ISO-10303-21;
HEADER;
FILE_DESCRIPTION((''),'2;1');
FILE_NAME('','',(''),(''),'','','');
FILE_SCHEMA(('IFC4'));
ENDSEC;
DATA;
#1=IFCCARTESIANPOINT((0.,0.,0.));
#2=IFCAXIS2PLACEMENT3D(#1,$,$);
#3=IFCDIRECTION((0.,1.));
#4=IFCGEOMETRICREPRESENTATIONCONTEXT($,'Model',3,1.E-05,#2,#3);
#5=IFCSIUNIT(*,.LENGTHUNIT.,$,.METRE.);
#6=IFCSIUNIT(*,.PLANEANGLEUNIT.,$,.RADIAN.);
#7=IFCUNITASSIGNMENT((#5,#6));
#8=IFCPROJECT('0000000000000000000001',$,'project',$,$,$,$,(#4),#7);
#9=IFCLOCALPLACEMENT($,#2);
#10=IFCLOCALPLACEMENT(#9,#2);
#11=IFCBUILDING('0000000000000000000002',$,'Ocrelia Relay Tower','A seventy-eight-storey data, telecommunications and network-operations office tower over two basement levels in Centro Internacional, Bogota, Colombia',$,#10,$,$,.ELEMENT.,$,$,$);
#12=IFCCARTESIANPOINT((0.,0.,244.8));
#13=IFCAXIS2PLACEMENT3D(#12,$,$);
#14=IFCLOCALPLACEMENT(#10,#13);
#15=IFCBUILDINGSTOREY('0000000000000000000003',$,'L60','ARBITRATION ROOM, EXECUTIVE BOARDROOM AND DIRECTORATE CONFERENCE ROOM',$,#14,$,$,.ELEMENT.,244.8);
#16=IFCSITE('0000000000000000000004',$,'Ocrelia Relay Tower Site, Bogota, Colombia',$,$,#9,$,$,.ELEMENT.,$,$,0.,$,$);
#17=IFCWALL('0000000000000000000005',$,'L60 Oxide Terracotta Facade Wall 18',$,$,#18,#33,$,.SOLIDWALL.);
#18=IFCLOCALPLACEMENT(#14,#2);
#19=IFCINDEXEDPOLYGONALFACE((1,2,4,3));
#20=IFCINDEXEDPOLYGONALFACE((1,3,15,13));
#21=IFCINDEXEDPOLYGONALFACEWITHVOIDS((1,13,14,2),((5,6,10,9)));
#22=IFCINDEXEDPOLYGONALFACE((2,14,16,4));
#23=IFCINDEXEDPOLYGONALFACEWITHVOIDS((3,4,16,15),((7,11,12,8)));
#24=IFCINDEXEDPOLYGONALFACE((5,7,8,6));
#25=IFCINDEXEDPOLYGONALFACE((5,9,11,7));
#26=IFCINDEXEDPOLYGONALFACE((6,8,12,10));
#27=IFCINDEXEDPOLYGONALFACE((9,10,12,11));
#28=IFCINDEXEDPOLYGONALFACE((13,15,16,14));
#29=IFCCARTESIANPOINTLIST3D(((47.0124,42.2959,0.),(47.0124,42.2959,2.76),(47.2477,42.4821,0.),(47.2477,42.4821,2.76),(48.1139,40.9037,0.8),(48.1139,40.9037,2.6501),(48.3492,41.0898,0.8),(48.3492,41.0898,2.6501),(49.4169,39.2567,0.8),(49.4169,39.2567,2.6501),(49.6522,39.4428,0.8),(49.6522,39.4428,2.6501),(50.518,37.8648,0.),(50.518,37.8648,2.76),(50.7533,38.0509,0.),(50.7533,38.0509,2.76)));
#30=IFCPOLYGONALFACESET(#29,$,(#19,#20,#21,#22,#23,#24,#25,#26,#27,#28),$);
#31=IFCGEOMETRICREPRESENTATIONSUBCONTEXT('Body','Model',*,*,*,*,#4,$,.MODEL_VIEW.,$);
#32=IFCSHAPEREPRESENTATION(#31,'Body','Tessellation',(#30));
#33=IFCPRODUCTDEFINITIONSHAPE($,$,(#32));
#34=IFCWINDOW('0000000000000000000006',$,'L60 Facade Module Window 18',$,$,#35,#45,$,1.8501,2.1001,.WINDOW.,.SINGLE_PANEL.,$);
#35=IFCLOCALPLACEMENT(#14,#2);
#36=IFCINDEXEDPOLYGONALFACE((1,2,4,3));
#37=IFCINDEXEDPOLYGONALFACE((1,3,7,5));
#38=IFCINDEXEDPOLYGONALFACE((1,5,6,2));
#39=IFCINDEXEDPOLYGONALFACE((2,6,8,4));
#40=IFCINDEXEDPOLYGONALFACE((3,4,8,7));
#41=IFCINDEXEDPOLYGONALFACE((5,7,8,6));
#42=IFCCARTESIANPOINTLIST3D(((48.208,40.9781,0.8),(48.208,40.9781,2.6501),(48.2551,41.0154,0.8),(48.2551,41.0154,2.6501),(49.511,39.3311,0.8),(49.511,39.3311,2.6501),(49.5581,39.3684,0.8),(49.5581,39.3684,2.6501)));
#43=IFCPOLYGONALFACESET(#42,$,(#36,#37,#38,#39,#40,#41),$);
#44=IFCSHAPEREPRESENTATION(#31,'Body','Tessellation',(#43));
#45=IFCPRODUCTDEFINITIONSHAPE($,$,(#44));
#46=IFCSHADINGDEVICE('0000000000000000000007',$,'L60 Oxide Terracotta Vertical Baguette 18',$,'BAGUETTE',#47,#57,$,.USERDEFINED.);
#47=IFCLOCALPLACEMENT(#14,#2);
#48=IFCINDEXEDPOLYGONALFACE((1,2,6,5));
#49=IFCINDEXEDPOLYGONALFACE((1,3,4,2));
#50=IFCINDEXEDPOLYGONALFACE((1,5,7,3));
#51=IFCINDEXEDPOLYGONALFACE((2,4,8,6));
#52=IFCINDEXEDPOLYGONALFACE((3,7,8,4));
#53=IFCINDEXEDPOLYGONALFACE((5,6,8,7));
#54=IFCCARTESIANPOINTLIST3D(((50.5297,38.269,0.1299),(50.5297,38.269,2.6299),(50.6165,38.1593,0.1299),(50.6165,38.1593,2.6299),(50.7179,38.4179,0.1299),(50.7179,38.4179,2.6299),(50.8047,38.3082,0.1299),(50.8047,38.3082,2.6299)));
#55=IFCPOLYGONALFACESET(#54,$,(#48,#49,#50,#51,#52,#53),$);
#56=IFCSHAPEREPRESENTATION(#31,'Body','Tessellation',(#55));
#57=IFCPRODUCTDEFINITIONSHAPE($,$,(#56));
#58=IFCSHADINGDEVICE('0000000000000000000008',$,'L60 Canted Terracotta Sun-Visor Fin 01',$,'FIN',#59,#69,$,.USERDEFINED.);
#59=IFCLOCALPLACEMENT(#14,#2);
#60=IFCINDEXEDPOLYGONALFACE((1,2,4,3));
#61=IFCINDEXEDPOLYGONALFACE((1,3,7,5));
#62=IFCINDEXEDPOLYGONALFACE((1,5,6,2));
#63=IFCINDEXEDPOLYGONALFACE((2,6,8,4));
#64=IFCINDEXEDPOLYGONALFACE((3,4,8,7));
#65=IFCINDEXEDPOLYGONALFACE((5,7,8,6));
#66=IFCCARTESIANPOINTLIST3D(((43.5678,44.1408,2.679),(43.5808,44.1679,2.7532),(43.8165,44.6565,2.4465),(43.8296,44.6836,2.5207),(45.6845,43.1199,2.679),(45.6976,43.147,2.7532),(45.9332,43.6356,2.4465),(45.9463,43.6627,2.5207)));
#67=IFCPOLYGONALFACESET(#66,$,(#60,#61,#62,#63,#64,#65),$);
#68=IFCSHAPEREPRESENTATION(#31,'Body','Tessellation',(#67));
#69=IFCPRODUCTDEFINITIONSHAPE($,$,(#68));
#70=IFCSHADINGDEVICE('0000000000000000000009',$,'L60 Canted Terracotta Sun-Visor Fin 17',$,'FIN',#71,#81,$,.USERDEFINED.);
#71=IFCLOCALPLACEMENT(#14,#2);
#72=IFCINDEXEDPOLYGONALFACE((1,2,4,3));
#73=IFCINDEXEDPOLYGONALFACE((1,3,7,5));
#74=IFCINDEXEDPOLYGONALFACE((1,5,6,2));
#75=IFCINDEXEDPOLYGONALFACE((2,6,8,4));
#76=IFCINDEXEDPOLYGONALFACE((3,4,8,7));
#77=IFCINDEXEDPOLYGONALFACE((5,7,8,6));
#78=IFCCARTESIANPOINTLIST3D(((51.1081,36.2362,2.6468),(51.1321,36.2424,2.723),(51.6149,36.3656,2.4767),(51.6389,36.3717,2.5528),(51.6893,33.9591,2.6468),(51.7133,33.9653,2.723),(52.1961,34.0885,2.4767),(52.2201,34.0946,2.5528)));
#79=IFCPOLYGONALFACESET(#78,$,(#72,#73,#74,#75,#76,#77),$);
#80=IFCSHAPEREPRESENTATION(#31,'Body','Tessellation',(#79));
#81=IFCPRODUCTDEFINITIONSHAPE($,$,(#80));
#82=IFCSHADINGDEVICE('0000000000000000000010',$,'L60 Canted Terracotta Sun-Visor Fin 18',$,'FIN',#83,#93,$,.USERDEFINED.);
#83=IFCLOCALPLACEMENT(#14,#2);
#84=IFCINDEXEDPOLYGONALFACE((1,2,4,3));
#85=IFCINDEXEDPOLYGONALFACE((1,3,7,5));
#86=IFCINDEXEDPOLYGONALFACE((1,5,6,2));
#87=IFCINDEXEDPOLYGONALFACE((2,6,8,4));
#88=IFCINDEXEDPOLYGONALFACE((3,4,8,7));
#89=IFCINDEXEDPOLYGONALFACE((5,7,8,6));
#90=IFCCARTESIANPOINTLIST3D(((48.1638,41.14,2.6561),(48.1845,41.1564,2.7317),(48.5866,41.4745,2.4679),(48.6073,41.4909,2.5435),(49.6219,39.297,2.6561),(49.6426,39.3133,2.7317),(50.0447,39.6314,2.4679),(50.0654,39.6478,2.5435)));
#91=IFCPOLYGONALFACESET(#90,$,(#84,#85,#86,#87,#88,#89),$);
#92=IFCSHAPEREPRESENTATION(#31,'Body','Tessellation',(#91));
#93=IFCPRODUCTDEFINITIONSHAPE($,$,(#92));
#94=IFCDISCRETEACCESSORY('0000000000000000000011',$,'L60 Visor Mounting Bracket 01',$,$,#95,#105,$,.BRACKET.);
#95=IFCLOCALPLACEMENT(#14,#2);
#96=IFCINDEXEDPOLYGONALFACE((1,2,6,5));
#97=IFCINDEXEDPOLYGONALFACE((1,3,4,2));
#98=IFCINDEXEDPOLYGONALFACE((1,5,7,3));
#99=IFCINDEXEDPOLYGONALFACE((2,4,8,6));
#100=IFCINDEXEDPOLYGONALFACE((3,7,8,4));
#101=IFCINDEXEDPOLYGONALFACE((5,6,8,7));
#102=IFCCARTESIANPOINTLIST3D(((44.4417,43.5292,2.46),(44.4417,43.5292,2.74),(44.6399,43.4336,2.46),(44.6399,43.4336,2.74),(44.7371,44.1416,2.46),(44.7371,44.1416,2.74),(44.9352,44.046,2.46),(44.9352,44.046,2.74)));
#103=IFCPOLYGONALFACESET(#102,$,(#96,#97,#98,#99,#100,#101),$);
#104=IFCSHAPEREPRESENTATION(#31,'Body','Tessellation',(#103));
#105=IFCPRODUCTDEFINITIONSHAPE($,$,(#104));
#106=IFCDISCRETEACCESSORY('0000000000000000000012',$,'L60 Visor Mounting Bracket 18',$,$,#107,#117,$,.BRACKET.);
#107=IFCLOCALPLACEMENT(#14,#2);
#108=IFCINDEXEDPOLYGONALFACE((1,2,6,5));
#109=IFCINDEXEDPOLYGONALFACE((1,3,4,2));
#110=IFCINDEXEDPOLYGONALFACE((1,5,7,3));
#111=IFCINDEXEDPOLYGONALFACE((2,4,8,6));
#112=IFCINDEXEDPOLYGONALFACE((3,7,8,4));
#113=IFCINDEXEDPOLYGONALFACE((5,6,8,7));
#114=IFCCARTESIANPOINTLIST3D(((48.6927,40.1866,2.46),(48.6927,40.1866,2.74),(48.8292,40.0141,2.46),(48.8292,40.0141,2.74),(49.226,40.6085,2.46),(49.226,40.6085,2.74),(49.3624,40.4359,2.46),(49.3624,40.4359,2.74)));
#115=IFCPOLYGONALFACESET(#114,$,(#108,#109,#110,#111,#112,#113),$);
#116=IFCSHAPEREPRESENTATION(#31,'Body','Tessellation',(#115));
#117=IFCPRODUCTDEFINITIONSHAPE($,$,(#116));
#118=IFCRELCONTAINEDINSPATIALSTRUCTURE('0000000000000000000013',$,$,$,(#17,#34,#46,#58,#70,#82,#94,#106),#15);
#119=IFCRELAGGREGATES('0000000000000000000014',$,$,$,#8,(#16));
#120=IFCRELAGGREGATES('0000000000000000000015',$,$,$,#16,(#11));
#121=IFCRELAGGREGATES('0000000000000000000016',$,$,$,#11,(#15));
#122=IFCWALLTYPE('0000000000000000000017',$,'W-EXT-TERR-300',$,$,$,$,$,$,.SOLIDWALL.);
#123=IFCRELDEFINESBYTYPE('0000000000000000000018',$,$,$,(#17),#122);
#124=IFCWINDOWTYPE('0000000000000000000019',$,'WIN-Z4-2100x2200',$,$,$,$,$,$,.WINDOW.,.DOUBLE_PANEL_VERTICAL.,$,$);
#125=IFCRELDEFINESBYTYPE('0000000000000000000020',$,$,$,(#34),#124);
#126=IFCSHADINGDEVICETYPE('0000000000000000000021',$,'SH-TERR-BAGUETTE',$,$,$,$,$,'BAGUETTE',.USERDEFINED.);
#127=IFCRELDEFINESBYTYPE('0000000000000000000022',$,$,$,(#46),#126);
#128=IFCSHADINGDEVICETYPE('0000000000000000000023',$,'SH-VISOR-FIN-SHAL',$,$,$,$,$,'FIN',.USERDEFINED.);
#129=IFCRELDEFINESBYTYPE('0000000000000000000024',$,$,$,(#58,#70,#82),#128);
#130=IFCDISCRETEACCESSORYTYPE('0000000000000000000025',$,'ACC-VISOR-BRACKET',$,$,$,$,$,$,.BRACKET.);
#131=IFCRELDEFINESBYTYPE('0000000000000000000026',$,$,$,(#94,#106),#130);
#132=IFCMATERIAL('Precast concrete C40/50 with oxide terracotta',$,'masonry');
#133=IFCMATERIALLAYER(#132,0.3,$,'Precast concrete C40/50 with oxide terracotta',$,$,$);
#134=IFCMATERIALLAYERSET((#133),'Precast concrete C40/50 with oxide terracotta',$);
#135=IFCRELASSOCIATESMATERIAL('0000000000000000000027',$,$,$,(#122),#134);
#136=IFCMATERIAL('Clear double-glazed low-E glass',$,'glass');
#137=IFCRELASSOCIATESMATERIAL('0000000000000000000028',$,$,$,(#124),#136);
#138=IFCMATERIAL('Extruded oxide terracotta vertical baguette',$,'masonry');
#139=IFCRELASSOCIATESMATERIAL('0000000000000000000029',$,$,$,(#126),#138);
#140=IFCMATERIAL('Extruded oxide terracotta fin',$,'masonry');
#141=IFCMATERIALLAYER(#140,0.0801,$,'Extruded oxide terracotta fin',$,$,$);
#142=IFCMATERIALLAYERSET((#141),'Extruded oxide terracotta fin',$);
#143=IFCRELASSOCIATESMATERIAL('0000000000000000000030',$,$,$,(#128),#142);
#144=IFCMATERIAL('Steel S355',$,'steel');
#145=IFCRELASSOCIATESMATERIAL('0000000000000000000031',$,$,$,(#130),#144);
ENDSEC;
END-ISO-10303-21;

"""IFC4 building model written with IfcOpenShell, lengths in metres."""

from ifc_helpers import new_model, si_unit, direction, frame, frame_2d, origin, origin_2d, place, context, subcontext, project, spatial, rectangle, extrude, material, layer, layer_set, type_object, element, fill, save


model = new_model("IFC4")

# Units and contexts
model_context = context("Model", 3, precision=1e-05, world=origin(), true_north=direction((0.0, 1.0)))
body_context = subcontext(model_context, "Body", "Model", "MODEL_VIEW")
ifc_project = project(units=[si_unit("LENGTHUNIT", "METRE"), si_unit("PLANEANGLEUNIT", "RADIAN")], contexts=[model_context])

# Site, building, storey
site_placement = place(None, origin())
site = spatial("IfcSite", under=ifc_project, at=site_placement, Name="Ocrelia Relay Tower Site, Bogota, Colombia", CompositionType="ELEMENT", RefElevation=0.0)
building_placement = place(site_placement, origin())
building = spatial("IfcBuilding", under=site, at=building_placement, Name="Ocrelia Relay Tower", Description="A seventy-eight-storey data, telecommunications and network-operations office tower over two basement levels in Centro Internacional, Bogota, Colombia", CompositionType="ELEMENT")
storey_placement = place(building_placement, frame((0.0, 0.0, 244.8)))
storey = spatial("IfcBuildingStorey", under=building, at=storey_placement, Name="L60", Description="ARBITRATION ROOM, EXECUTIVE BOARDROOM AND DIRECTORATE CONFERENCE ROOM", CompositionType="ELEMENT", Elevation=244.8)

# Shared definitions
ifc_material_1 = material(Name="Clear double-glazed low-E glass", Category="glass")

# Wall, opening, window
ifc_material_2 = material(Name="Precast concrete C40/50 with oxide terracotta", Category="masonry")
ifc_layer_1 = layer(ifc_material_2, 0.3, Name="Precast concrete C40/50 with oxide terracotta")
ifc_layer_set_1 = layer_set([ifc_layer_1], Name="Precast concrete C40/50 with oxide terracotta")
wall_type = type_object("IfcWallType", Name="W-EXT-TERR-300", PredefinedType="SOLIDWALL", material=ifc_layer_set_1)
wall_placement = place(storey_placement, frame((50.6357, 37.9578, 0.0), z_axis=(0.0, 0.0, 1.0), x_axis=(-0.620444, 0.784251, 0.0)))
wall = element("IfcWall", 1, at=wall_placement, inside=storey, type_object=wall_type, Name="L60 Oxide Terracotta Facade Wall 18", PredefinedType="SOLIDWALL", context=body_context, shape_type="SweptSolid", body=[
    extrude(rectangle(XDim=5.6501, YDim=0.3, at=frame_2d((2.8252, 0.0))), origin(), (0.0, 0.0, 1.0), 2.76),
])
opening_placement = place(wall_placement, frame((1.7749, 0.0, 0.8)))
opening = element("IfcOpeningElement", 2, at=opening_placement, cuts=wall, PredefinedType="OPENING", context=body_context, shape_type="SweptSolid", body=[
    extrude(rectangle(XDim=2.1001, YDim=1.8501, at=frame_2d((1.05, 0.925))), frame((0.0, 0.1602, 0.0), z_axis=(0.0, -1.0, 0.0), x_axis=(1.0, 0.0, 0.0)), (0.0, 0.0, 1.0), 0.3201),
])
window_type = type_object("IfcWindowType", Name="WIN-Z4-2100x2200", PartitioningType="DOUBLE_PANEL_VERTICAL", PredefinedType="WINDOW", material=ifc_material_1)
window_placement = place(opening_placement, origin())
window = element("IfcWindow", 3, at=window_placement, inside=storey, type_object=window_type, Name="L60 Facade Module Window 18", OverallHeight=1.8501, OverallWidth=2.1001, PartitioningType="SINGLE_PANEL", PredefinedType="WINDOW", context=body_context, shape_type="SweptSolid", body=[
    extrude(rectangle(XDim=2.1001, YDim=1.8501, at=frame_2d((1.05, 0.925))), frame((0.0, 0.03, 0.0), z_axis=(0.0, -1.0, 0.0), x_axis=(1.0, 0.0, 0.0)), (0.0, 0.0, 1.0), 0.0601),
])
fill(opening, window)

# Shading devices
ifc_material_3 = material(Name="Extruded oxide terracotta vertical baguette", Category="masonry")
shading_device_type_1 = type_object("IfcShadingDeviceType", Name="SH-TERR-BAGUETTE", ElementType="BAGUETTE", PredefinedType="USERDEFINED", material=ifc_material_3)
shading_device_1_placement = place(storey_placement, frame((50.6672, 38.2886, 0.1299), z_axis=(0.0, 0.0, 1.0), x_axis=(-0.62043, 0.784262, 0.0)))
element("IfcShadingDevice", 4, at=shading_device_1_placement, inside=storey, type_object=shading_device_type_1, Name="L60 Oxide Terracotta Vertical Baguette 18", ObjectType="BAGUETTE", PredefinedType="USERDEFINED", context=body_context, shape_type="SweptSolid", body=[
    extrude(rectangle(XDim=0.1399, YDim=0.24, at=origin_2d()), origin(), (0.0, 0.0, 1.0), 2.5),
])
ifc_material_4 = material(Name="Extruded oxide terracotta fin", Category="masonry")
ifc_layer_2 = layer(ifc_material_4, 0.0801, Name="Extruded oxide terracotta fin")
ifc_layer_set_2 = layer_set([ifc_layer_2], Name="Extruded oxide terracotta fin")
shading_device_type_2 = type_object("IfcShadingDeviceType", Name="SH-VISOR-FIN-SHAL", ElementType="FIN", PredefinedType="USERDEFINED", material=ifc_layer_set_2)
shading_device_2_placement = place(storey_placement, frame((44.7505, 43.8882, 2.5627), z_axis=(0.163439, 0.338869, 0.926529), x_axis=(-0.900711, 0.434418, 0.0)))
element("IfcShadingDevice", 5, at=shading_device_2_placement, inside=storey, type_object=shading_device_type_2, Name="L60 Canted Terracotta Sun-Visor Fin 01", ObjectType="FIN", PredefinedType="USERDEFINED", context=body_context, shape_type="SweptSolid", body=[
    extrude(rectangle(XDim=2.3501, YDim=0.6179, at=origin_2d()), origin(), (0.0, 0.0, 1.0), 0.0801),
])
shading_device_3_placement = place(storey_placement, frame((51.6521, 35.1624, 2.5618), z_axis=(0.29974, 0.076503, 0.950949), x_axis=(-0.247303, 0.968938, 0.0)))
element("IfcShadingDevice", 6, at=shading_device_3_placement, inside=storey, type_object=shading_device_type_2, Name="L60 Canted Terracotta Sun-Visor Fin 17", ObjectType="FIN", PredefinedType="USERDEFINED", context=body_context, shape_type="SweptSolid", body=[
    extrude(rectangle(XDim=2.3501, YDim=0.55, at=origin_2d()), origin(), (0.0, 0.0, 1.0), 0.0801),
])
shading_device_4_placement = place(storey_placement, frame((49.1042, 40.3857, 2.562), z_axis=(0.258564, 0.20455, 0.944089), x_axis=(-0.62043, 0.784262, 0.0)))
element("IfcShadingDevice", 7, at=shading_device_4_placement, inside=storey, type_object=shading_device_type_2, Name="L60 Canted Terracotta Sun-Visor Fin 18", ObjectType="FIN", PredefinedType="USERDEFINED", context=body_context, shape_type="SweptSolid", body=[
    extrude(rectangle(XDim=2.3501, YDim=0.571, at=origin_2d()), origin(), (0.0, 0.0, 1.0), 0.0801),
])

# Discrete accessories
ifc_material_5 = material(Name="Steel S355", Category="steel")
discrete_accessory_type = type_object("IfcDiscreteAccessoryType", Name="ACC-VISOR-BRACKET", PredefinedType="BRACKET", material=ifc_material_5)
for number, where, z_axis, x_axis, name in (
    (8, (44.6885, 43.7876, 2.46), (0.0, 0.0, 1.0), (-0.900711, 0.434418, 0.0), "L60 Visor Mounting Bracket 01"),
    (9, (49.0276, 40.3113, 2.46), (0.0, 0.0, 1.0), (-0.62043, 0.784262, 0.0), "L60 Visor Mounting Bracket 18"),
):
    element("IfcDiscreteAccessory", number, at=place(storey_placement, frame(where, z_axis=z_axis, x_axis=x_axis)), inside=storey, type_object=discrete_accessory_type, Name=name, PredefinedType="BRACKET", context=body_context, shape_type="SweptSolid", body=[
        extrude(rectangle(XDim=0.22, YDim=0.6799, at=origin_2d()), origin(), (0.0, 0.0, 1.0), 0.28),
    ])

save(model, "model.ifc")
